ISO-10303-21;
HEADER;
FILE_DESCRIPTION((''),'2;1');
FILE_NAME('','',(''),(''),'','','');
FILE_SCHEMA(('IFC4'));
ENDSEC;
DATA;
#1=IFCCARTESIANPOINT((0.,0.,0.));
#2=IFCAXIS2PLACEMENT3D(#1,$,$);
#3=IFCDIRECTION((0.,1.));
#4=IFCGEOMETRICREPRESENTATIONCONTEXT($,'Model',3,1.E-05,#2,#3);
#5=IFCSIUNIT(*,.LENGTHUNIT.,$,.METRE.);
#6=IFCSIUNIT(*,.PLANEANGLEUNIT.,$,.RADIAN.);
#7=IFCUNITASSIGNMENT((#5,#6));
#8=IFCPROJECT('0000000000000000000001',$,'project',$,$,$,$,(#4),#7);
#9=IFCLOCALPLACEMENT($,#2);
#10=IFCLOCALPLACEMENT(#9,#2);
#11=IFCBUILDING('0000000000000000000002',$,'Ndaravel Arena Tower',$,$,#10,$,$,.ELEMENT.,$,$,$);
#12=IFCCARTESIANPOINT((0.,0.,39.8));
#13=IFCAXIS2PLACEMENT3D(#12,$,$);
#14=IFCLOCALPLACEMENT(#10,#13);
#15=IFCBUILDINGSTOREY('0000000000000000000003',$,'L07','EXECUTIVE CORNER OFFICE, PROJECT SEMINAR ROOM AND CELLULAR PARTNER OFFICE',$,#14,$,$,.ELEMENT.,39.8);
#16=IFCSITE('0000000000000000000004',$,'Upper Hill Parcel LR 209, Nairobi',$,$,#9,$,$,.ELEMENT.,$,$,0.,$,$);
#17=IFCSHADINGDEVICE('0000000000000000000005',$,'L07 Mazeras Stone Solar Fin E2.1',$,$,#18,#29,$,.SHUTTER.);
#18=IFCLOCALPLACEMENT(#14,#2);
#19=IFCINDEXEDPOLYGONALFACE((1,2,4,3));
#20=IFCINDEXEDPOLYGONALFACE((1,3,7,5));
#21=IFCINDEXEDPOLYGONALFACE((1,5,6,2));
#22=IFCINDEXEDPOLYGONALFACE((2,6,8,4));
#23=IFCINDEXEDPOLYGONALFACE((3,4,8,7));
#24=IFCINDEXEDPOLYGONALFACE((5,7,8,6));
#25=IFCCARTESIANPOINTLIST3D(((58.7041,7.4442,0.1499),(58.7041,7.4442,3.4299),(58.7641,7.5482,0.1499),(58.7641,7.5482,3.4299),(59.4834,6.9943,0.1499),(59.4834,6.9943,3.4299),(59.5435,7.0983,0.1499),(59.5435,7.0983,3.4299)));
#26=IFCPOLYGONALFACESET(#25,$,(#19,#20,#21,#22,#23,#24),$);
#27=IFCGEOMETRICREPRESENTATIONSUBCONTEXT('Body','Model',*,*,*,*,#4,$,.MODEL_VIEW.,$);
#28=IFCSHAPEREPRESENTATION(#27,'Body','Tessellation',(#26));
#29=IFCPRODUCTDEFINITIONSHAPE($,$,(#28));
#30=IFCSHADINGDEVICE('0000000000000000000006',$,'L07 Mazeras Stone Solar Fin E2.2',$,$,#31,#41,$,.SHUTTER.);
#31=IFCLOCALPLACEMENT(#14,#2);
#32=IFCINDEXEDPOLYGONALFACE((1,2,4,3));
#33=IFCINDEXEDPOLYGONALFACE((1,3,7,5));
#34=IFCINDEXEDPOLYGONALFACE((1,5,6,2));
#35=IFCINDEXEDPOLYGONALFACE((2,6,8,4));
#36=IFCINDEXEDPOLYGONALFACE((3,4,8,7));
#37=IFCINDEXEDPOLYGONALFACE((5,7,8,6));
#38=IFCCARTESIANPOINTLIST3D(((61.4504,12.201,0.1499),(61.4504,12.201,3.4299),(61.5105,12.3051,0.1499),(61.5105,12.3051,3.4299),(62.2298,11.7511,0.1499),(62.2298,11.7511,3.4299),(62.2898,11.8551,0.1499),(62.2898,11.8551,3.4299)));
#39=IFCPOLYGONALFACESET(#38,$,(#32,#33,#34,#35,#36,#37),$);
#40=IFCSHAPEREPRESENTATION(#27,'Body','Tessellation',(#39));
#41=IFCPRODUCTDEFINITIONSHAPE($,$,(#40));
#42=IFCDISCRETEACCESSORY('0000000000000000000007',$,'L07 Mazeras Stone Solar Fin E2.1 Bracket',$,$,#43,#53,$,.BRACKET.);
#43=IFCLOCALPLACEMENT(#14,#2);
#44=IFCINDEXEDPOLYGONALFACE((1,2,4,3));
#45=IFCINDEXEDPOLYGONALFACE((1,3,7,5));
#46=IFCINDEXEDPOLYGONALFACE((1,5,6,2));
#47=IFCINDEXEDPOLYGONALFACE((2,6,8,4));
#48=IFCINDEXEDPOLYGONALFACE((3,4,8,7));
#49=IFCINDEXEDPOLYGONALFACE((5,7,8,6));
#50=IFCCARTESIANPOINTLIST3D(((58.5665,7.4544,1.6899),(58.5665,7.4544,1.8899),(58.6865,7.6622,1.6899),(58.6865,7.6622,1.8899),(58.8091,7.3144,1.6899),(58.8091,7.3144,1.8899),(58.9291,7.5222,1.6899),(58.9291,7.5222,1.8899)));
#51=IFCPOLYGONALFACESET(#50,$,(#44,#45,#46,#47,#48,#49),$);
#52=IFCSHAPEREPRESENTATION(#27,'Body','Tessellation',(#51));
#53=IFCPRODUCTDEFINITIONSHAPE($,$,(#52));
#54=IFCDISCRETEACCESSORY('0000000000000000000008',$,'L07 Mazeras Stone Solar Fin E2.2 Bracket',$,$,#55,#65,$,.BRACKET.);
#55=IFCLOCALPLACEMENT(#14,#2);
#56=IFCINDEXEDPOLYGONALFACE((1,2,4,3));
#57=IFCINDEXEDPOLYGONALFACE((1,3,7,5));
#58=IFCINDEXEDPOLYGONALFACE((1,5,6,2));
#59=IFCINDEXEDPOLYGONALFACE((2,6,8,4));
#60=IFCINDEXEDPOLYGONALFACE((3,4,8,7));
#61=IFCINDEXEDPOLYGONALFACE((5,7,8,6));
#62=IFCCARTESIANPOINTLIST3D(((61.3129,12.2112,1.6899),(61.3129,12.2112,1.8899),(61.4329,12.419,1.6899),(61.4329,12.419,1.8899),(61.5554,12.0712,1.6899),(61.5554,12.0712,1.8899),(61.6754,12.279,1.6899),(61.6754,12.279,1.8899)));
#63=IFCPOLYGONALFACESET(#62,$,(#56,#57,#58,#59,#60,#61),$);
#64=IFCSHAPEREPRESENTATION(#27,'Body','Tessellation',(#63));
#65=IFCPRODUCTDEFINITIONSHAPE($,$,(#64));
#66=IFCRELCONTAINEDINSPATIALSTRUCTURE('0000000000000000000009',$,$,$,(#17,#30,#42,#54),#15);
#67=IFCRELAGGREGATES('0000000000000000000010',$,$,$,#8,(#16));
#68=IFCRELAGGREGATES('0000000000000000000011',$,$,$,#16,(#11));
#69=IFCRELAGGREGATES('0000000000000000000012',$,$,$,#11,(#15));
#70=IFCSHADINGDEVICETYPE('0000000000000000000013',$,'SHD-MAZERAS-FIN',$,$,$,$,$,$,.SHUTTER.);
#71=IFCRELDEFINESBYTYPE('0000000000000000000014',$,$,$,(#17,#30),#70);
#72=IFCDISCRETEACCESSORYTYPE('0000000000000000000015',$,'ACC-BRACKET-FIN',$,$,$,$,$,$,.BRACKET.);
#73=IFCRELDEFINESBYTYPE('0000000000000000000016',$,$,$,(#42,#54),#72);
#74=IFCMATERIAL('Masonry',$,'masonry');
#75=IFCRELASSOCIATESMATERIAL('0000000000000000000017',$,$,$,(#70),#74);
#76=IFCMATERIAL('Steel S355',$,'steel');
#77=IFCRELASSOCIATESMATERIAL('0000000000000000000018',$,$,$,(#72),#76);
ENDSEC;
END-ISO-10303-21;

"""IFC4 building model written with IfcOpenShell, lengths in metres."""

from ifc_helpers import new_model, si_unit, direction, frame, origin, origin_2d, place, context, subcontext, project, spatial, rectangle, extrude, material, type_object, element, save


model = new_model("IFC4")

# Units and contexts
model_context = context("Model", 3, precision=1e-05, world=origin(), true_north=direction((0.0, 1.0)))
body_context = subcontext(model_context, "Body", "Model", "MODEL_VIEW")
ifc_project = project(units=[si_unit("LENGTHUNIT", "METRE"), si_unit("PLANEANGLEUNIT", "RADIAN")], contexts=[model_context])

# Site, building, storey
site_placement = place(None, origin())
site = spatial("IfcSite", under=ifc_project, at=site_placement, Name="Upper Hill Parcel LR 209, Nairobi", CompositionType="ELEMENT", RefElevation=0.0)
building_placement = place(site_placement, origin())
building = spatial("IfcBuilding", under=site, at=building_placement, Name="Ndaravel Arena Tower", CompositionType="ELEMENT")
storey_placement = place(building_placement, frame((0.0, 0.0, 39.8)))
storey = spatial("IfcBuildingStorey", under=building, at=storey_placement, Name="L07", Description="EXECUTIVE CORNER OFFICE, PROJECT SEMINAR ROOM AND CELLULAR PARTNER OFFICE", CompositionType="ELEMENT", Elevation=39.8)

# Shading devices
ifc_material_1 = material(Name="Masonry", Category="masonry")
shading_device_type = type_object("IfcShadingDeviceType", Name="SHD-MAZERAS-FIN", PredefinedType="SHUTTER", material=ifc_material_1)
for number, where, z_axis, x_axis, name in (
    (1, (59.1238, 7.2712, 0.1499), (0.0, 0.0, 1.0), (0.866025, -0.5, 0.0), "L07 Mazeras Stone Solar Fin E2.1"),
    (2, (61.8701, 12.0281, 0.1499), (0.0, 0.0, 1.0), (0.866025, -0.5, 0.0), "L07 Mazeras Stone Solar Fin E2.2"),
):
    element("IfcShadingDevice", number, at=place(storey_placement, frame(where, z_axis=z_axis, x_axis=x_axis)), inside=storey, type_object=shading_device_type, Name=name, PredefinedType="SHUTTER", context=body_context, shape_type="SweptSolid", body=[
        extrude(rectangle(XDim=0.8999, YDim=0.1201, at=origin_2d()), origin(), (0.0, 0.0, 1.0), 3.28),
    ])

# Discrete accessories
ifc_material_2 = material(Name="Steel S355", Category="steel")
discrete_accessory_type = type_object("IfcDiscreteAccessoryType", Name="ACC-BRACKET-FIN", PredefinedType="BRACKET", material=ifc_material_2)
for number, where, z_axis, x_axis, name in (
    (3, (58.7478, 7.4883, 1.6899), (0.0, 0.0, 1.0), (0.866025, -0.5, 0.0), "L07 Mazeras Stone Solar Fin E2.1 Bracket"),
    (4, (61.4941, 12.2451, 1.6899), (0.0, 0.0, 1.0), (0.866025, -0.5, 0.0), "L07 Mazeras Stone Solar Fin E2.2 Bracket"),
):
    element("IfcDiscreteAccessory", number, at=place(storey_placement, frame(where, z_axis=z_axis, x_axis=x_axis)), inside=storey, type_object=discrete_accessory_type, Name=name, PredefinedType="BRACKET", context=body_context, shape_type="SweptSolid", body=[
        extrude(rectangle(XDim=0.28, YDim=0.24, at=origin_2d()), origin(), (0.0, 0.0, 1.0), 0.2),
    ])

save(model, "model.ifc")
